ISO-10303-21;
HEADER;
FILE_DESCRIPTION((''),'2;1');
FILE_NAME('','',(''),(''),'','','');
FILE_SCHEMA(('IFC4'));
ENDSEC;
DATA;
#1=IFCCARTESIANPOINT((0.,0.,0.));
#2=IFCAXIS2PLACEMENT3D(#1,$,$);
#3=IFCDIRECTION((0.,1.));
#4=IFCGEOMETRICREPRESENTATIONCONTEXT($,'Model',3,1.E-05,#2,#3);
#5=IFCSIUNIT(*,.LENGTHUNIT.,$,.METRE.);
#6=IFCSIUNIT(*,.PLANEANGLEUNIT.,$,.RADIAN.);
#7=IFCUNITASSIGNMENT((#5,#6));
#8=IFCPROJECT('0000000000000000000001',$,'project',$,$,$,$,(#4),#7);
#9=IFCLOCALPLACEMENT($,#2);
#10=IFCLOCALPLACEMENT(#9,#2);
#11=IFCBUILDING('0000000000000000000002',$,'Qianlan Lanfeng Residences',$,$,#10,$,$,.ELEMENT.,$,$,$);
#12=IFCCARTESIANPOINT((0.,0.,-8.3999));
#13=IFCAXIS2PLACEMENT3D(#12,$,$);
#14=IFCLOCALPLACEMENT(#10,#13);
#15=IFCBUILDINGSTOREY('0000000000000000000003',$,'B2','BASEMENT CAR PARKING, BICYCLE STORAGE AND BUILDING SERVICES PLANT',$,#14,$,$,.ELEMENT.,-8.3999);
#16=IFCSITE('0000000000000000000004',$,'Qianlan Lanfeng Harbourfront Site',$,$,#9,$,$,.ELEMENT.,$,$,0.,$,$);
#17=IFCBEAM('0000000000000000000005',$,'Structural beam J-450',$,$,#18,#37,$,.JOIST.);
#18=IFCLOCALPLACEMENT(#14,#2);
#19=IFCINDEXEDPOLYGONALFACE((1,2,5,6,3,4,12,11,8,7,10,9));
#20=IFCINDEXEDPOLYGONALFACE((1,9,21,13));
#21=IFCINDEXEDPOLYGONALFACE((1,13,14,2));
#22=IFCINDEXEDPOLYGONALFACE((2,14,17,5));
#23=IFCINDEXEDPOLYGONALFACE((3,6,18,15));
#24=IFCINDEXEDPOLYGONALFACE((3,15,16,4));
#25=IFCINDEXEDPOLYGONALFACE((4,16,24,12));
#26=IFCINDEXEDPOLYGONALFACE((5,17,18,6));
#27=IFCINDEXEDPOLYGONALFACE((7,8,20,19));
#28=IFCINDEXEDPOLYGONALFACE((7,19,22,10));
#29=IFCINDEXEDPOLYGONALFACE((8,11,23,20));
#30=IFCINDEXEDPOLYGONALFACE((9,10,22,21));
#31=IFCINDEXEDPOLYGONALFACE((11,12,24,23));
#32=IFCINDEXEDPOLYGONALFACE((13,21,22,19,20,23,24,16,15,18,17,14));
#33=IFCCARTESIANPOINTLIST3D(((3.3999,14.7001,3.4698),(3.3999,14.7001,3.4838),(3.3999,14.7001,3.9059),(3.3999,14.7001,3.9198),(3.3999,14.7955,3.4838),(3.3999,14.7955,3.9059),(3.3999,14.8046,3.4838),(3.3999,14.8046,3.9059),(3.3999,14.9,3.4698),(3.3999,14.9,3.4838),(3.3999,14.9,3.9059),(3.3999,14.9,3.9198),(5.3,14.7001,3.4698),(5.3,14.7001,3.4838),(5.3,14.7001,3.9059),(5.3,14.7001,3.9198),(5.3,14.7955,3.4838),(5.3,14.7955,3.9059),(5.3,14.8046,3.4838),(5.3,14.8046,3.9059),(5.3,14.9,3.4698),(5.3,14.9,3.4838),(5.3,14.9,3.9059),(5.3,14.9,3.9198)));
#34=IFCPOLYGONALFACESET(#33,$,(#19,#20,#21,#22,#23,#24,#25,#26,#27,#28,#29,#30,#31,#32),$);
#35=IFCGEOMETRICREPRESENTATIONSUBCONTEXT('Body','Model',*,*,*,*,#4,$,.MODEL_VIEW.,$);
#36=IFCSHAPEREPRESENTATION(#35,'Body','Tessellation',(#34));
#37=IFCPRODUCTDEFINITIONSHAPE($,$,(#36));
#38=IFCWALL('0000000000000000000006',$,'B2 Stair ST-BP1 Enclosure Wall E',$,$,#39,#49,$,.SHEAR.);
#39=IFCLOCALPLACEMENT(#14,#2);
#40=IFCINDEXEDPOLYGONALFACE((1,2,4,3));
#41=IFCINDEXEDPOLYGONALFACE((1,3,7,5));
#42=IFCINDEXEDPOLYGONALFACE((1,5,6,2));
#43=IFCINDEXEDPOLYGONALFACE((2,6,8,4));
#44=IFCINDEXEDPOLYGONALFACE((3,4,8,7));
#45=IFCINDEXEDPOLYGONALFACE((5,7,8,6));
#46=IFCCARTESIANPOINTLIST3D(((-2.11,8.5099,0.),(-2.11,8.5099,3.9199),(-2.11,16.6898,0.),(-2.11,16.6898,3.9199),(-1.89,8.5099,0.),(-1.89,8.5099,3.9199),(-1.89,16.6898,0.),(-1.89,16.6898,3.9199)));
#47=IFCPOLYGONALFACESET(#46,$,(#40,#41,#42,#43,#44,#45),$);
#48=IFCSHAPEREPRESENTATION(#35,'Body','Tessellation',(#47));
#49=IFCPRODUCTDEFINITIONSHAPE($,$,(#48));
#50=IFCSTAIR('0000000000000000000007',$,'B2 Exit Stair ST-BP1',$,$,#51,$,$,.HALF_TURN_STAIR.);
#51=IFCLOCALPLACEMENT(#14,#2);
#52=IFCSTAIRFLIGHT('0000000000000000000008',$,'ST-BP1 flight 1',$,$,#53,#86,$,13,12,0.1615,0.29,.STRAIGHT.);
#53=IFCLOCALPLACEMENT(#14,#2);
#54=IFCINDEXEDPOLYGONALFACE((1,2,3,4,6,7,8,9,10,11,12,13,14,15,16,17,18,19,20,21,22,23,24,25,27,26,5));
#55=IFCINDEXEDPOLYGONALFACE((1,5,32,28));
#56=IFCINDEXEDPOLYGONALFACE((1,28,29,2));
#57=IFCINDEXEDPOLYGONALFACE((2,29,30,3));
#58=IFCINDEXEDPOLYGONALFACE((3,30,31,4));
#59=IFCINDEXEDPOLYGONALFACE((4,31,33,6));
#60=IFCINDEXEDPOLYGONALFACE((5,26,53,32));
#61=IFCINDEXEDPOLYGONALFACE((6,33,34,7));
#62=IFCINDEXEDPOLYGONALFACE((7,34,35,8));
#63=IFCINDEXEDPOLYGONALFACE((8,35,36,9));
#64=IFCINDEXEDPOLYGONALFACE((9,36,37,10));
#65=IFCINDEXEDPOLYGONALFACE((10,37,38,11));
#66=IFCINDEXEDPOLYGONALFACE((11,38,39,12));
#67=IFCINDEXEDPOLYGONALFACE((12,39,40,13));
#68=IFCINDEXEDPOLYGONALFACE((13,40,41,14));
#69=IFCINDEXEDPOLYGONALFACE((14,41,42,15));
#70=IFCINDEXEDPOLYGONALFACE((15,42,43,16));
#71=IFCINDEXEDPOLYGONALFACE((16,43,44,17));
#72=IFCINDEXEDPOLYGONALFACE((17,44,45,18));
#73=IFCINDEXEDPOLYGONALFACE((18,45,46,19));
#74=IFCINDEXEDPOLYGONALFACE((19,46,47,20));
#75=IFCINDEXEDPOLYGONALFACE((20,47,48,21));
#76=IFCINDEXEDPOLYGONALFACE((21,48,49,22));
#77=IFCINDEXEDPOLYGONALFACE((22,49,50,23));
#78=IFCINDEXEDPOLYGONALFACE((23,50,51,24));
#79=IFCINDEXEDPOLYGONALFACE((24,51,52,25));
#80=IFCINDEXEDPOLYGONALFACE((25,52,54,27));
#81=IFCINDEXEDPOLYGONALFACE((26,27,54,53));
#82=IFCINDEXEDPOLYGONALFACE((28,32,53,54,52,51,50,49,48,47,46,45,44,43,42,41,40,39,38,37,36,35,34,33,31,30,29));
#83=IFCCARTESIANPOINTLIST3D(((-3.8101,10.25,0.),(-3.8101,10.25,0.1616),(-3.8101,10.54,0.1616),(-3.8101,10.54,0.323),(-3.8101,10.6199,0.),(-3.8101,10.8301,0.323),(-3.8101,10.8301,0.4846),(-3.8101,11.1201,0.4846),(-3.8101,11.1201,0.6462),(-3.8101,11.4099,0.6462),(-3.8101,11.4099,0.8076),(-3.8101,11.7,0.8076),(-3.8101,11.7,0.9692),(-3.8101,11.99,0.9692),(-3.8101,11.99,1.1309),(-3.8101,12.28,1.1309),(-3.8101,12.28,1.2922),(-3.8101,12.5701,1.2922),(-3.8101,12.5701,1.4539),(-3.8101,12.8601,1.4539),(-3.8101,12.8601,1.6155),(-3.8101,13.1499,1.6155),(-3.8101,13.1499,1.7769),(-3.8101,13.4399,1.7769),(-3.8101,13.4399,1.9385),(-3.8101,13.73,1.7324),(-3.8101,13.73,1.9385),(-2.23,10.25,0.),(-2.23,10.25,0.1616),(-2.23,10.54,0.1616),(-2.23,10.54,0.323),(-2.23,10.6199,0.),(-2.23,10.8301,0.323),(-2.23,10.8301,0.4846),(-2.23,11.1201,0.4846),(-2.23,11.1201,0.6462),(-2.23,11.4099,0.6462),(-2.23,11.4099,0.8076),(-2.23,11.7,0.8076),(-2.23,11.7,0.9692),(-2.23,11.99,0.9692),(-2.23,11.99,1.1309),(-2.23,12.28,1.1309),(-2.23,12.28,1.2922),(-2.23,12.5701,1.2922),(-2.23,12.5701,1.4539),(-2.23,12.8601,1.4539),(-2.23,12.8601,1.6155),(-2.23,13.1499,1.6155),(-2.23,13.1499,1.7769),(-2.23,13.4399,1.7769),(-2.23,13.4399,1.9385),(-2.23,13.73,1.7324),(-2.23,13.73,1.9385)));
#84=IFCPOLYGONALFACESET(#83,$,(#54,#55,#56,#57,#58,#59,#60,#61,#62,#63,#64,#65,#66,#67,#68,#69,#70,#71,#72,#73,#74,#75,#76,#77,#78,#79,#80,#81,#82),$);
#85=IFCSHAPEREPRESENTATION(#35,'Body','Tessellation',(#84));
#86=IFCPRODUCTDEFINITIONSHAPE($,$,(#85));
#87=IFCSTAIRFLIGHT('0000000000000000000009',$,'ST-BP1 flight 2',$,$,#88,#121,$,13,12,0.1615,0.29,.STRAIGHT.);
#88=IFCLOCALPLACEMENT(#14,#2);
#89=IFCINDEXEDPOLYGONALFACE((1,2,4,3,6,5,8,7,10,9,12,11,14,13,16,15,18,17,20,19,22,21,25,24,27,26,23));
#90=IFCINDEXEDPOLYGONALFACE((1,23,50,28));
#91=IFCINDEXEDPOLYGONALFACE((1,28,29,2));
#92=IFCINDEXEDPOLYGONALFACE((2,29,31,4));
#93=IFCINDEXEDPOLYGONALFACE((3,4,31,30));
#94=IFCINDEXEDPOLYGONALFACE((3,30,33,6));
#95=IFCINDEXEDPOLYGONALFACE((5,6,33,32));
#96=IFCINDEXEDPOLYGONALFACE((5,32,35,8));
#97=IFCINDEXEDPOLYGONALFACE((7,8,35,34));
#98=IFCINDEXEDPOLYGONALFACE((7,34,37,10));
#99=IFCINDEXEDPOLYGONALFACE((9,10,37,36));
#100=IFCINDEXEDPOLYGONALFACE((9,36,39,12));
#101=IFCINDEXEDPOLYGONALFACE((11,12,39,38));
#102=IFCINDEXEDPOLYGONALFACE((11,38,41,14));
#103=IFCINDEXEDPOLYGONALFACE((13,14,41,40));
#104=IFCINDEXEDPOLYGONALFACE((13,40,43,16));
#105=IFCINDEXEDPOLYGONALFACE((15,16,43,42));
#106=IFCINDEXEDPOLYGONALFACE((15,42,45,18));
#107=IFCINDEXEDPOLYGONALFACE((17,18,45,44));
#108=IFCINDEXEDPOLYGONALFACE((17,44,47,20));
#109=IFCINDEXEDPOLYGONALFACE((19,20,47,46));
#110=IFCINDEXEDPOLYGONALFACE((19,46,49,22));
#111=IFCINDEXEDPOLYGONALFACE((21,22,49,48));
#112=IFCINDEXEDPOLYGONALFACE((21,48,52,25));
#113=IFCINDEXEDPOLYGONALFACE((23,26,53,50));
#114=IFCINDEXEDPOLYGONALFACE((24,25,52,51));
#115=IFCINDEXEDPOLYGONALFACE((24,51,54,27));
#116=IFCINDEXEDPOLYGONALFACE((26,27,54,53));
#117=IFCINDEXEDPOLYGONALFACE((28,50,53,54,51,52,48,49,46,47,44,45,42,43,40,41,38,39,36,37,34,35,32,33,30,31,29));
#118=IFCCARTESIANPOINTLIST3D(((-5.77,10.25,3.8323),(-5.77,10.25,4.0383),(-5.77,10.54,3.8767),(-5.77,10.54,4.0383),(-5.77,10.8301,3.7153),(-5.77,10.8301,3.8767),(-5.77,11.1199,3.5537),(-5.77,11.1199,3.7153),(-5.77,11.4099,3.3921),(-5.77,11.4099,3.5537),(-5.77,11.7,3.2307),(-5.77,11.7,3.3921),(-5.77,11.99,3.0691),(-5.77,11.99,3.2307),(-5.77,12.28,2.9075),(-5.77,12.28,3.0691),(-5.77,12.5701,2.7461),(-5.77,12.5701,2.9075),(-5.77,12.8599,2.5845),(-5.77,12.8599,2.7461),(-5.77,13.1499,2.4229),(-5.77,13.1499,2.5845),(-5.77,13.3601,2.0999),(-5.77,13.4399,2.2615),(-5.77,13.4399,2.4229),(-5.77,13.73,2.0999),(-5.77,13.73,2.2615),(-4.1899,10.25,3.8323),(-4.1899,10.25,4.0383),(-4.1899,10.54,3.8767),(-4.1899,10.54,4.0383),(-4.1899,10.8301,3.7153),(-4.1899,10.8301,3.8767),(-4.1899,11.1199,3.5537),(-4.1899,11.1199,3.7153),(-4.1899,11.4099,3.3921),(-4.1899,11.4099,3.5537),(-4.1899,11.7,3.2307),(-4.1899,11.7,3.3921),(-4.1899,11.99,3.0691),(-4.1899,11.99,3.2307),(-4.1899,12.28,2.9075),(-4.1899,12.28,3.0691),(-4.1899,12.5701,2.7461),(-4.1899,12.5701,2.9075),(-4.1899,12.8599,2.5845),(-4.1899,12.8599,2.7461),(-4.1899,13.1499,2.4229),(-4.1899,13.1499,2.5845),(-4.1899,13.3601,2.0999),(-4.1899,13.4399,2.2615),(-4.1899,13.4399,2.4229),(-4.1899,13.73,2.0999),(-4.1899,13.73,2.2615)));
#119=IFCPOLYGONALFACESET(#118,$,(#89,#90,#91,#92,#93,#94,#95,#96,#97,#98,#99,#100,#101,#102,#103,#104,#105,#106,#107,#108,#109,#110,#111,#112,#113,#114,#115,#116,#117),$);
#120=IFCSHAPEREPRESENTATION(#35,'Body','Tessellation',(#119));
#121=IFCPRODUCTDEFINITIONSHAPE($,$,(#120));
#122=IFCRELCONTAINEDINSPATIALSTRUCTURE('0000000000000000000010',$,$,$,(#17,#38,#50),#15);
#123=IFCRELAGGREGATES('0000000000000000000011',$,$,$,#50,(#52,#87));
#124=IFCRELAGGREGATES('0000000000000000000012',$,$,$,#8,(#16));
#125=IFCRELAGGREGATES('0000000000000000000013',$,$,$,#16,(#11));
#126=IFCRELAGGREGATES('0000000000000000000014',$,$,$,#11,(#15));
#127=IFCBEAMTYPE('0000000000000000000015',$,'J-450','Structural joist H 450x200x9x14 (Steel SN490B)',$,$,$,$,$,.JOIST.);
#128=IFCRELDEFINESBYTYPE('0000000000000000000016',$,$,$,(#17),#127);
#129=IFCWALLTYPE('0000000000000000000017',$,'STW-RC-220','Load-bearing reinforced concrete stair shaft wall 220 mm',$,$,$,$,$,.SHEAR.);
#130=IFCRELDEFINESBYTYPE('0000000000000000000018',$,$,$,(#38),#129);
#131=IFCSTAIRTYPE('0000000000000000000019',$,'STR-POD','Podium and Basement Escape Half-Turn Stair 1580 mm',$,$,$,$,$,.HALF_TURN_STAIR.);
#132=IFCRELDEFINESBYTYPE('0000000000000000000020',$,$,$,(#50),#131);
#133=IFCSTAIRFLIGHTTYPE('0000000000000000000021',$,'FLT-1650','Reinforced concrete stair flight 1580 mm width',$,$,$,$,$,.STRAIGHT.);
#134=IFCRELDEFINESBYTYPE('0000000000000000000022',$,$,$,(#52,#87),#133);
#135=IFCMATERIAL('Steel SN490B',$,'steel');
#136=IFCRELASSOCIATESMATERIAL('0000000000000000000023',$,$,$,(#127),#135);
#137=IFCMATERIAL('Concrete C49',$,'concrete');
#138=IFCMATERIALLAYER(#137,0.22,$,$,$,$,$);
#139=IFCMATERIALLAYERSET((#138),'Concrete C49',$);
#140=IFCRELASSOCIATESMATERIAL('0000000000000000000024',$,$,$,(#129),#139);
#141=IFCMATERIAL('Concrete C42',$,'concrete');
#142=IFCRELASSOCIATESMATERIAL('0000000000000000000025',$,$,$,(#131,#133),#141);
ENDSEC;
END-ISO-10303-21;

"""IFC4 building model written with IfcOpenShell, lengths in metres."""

from ifc_helpers import new_model, si_unit, direction, frame, frame_2d, origin, origin_2d, place, context, subcontext, project, spatial, polyline, rectangle, i_section, outline, extrude, material, layer, layer_set, material_profile, profile_set, type_object, element, aggregate, save


model = new_model("IFC4")

# Units and contexts
model_context = context("Model", 3, precision=1e-05, world=origin(), true_north=direction((0.0, 1.0)))
body_context = subcontext(model_context, "Body", "Model", "MODEL_VIEW")
ifc_project = project(units=[si_unit("LENGTHUNIT", "METRE"), si_unit("PLANEANGLEUNIT", "RADIAN")], contexts=[model_context])

# Site, building, storey
site_placement = place(None, origin())
site = spatial("IfcSite", under=ifc_project, at=site_placement, Name="Qianlan Lanfeng Harbourfront Site", CompositionType="ELEMENT", RefElevation=0.0)
building_placement = place(site_placement, origin())
building = spatial("IfcBuilding", under=site, at=building_placement, Name="Qianlan Lanfeng Residences", CompositionType="ELEMENT")
storey_placement = place(building_placement, frame((0.0, 0.0, -8.3999)))
storey = spatial("IfcBuildingStorey", under=building, at=storey_placement, Name="B2", Description="BASEMENT CAR PARKING, BICYCLE STORAGE AND BUILDING SERVICES PLANT", CompositionType="ELEMENT", Elevation=-8.3999)

# Shared definitions
ifc_material_1 = material(Name="Concrete C42", Category="concrete")

# Beam
ifc_material_2 = material(Name="Steel SN490B", Category="steel")
ifc_material_profile_1 = material_profile(ifc_material_2, i_section(OverallWidth=0.2, OverallDepth=0.45, WebThickness=0.009, FlangeThickness=0.0139, at=origin_2d()), Name="H 450x200x9x14")
ifc_profile_set_1 = profile_set([ifc_material_profile_1], Name="Steel SN490B")
beam_type_1 = type_object("IfcBeamType", Name="J-450", Description="Structural joist H 450x200x9x14 (Steel SN490B)", PredefinedType="JOIST", material=ifc_profile_set_1)
for number, where, z_axis, x_axis, name in (
    (1, (3.3999, 14.8, 3.6948), (1.0, 0.0, 0.0), (0.0, 1.0, 0.0), "Structural beam J-450"),
):
    element("IfcBeam", number, at=place(storey_placement, frame(where, z_axis=z_axis, x_axis=x_axis)), inside=storey, type_object=beam_type_1, Name=name, PredefinedType="JOIST", context=body_context, shape_type="SweptSolid", body=[
        extrude(i_section(OverallWidth=0.2, OverallDepth=0.45, WebThickness=0.009, FlangeThickness=0.0139, at=origin_2d()), origin(), (0.0, 0.0, 1.0), 1.9001),
    ])

# Wall
ifc_material_3 = material(Name="Concrete C49", Category="concrete")
ifc_layer = layer(ifc_material_3, 0.22)
ifc_layer_set = layer_set([ifc_layer], Name="Concrete C49")
wall_type = type_object("IfcWallType", Name="STW-RC-220", Description="Load-bearing reinforced concrete stair shaft wall 220 mm", PredefinedType="SHEAR", material=ifc_layer_set)
wall_placement = place(storey_placement, frame((-2.0, 8.51, 0.0), z_axis=(0.0, 0.0, 1.0), x_axis=(0.0, 1.0, 0.0)))
element("IfcWall", 2, at=wall_placement, inside=storey, type_object=wall_type, Name="B2 Stair ST-BP1 Enclosure Wall E", PredefinedType="SHEAR", context=body_context, shape_type="SweptSolid", body=[
    extrude(rectangle(XDim=8.1799, YDim=0.22, at=frame_2d((4.0898, 0.0))), origin(), (0.0, 0.0, 1.0), 3.9199),
])

# Stair, stair flights
stair_type = type_object("IfcStairType", Name="STR-POD", Description="Podium and Basement Escape Half-Turn Stair 1580 mm", PredefinedType="HALF_TURN_STAIR", material=ifc_material_1)
stair_placement = place(storey_placement, origin())
stair = element("IfcStair", 3, at=stair_placement, inside=storey, type_object=stair_type, Name="B2 Exit Stair ST-BP1", PredefinedType="HALF_TURN_STAIR")
stair_flight_type = type_object("IfcStairFlightType", Name="FLT-1650", Description="Reinforced concrete stair flight 1580 mm width", PredefinedType="STRAIGHT", material=ifc_material_1)
stair_flight_1_placement = place(storey_placement, frame((-3.02, 10.25, 0.0), z_axis=(0.0, 0.0, 1.0), x_axis=(0.0, 1.0, 0.0)))
stair_flight_1 = element("IfcStairFlight", 4, at=stair_flight_1_placement, type_object=stair_flight_type, Name="ST-BP1 flight 1", NumberOfRisers=13, NumberOfTreads=12, PredefinedType="STRAIGHT", RiserHeight=0.1615, TreadLength=0.29, context=body_context, shape_type="SweptSolid", body=[
    extrude(outline(polyline([(0.0, 0.0), (0.0, 0.1616), (0.29, 0.1616), (0.29, 0.323), (0.5801, 0.323), (0.5801, 0.4846), (0.8701, 0.4846), (0.8701, 0.6462), (1.1599, 0.6462), (1.1599, 0.8076), (1.45, 0.8076), (1.45, 0.9692), (1.74, 0.9692), (1.74, 1.1309), (2.03, 1.1309), (2.03, 1.2922), (2.3201, 1.2922), (2.3201, 1.4539), (2.6101, 1.4539), (2.6101, 1.6155), (2.8999, 1.6155), (2.8999, 1.7769), (3.1899, 1.7769), (3.1899, 1.9385), (3.48, 1.9385), (3.48, 2.1001), (3.48, 1.7324), (0.3699, 0.0), (0.0, 0.0)])), frame((0.0, 0.79, 0.0), z_axis=(0.0, -1.0, 0.0), x_axis=(1.0, 0.0, 0.0)), (0.0, 0.0, 1.0), 1.5801),
])
stair_flight_2_placement = place(storey_placement, frame((-4.98, 13.73, 2.0999), z_axis=(0.0, 0.0, 1.0), x_axis=(0.0, -1.0, 0.0)))
stair_flight_2 = element("IfcStairFlight", 5, at=stair_flight_2_placement, type_object=stair_flight_type, Name="ST-BP1 flight 2", NumberOfRisers=13, NumberOfTreads=12, PredefinedType="STRAIGHT", RiserHeight=0.1615, TreadLength=0.29, context=body_context, shape_type="SweptSolid", body=[
    extrude(outline(polyline([(0.0, 0.0), (0.0, 0.1616), (0.29, 0.1616), (0.29, 0.323), (0.5801, 0.323), (0.5801, 0.4846), (0.8701, 0.4846), (0.8701, 0.6462), (1.1599, 0.6462), (1.1599, 0.8076), (1.45, 0.8076), (1.45, 0.9692), (1.74, 0.9692), (1.74, 1.1309), (2.03, 1.1309), (2.03, 1.2922), (2.3201, 1.2922), (2.3201, 1.4539), (2.6101, 1.4539), (2.6101, 1.6155), (2.8999, 1.6155), (2.8999, 1.7769), (3.1899, 1.7769), (3.1899, 1.9385), (3.48, 1.9385), (3.48, 2.1001), (3.48, 1.7324), (0.3699, 0.0), (0.0, 0.0)])), frame((0.0, 0.79, 0.0), z_axis=(0.0, -1.0, 0.0), x_axis=(1.0, 0.0, 0.0)), (0.0, 0.0, 1.0), 1.5801),
])
aggregate(stair, [stair_flight_1, stair_flight_2])

save(model, "model.ifc")
